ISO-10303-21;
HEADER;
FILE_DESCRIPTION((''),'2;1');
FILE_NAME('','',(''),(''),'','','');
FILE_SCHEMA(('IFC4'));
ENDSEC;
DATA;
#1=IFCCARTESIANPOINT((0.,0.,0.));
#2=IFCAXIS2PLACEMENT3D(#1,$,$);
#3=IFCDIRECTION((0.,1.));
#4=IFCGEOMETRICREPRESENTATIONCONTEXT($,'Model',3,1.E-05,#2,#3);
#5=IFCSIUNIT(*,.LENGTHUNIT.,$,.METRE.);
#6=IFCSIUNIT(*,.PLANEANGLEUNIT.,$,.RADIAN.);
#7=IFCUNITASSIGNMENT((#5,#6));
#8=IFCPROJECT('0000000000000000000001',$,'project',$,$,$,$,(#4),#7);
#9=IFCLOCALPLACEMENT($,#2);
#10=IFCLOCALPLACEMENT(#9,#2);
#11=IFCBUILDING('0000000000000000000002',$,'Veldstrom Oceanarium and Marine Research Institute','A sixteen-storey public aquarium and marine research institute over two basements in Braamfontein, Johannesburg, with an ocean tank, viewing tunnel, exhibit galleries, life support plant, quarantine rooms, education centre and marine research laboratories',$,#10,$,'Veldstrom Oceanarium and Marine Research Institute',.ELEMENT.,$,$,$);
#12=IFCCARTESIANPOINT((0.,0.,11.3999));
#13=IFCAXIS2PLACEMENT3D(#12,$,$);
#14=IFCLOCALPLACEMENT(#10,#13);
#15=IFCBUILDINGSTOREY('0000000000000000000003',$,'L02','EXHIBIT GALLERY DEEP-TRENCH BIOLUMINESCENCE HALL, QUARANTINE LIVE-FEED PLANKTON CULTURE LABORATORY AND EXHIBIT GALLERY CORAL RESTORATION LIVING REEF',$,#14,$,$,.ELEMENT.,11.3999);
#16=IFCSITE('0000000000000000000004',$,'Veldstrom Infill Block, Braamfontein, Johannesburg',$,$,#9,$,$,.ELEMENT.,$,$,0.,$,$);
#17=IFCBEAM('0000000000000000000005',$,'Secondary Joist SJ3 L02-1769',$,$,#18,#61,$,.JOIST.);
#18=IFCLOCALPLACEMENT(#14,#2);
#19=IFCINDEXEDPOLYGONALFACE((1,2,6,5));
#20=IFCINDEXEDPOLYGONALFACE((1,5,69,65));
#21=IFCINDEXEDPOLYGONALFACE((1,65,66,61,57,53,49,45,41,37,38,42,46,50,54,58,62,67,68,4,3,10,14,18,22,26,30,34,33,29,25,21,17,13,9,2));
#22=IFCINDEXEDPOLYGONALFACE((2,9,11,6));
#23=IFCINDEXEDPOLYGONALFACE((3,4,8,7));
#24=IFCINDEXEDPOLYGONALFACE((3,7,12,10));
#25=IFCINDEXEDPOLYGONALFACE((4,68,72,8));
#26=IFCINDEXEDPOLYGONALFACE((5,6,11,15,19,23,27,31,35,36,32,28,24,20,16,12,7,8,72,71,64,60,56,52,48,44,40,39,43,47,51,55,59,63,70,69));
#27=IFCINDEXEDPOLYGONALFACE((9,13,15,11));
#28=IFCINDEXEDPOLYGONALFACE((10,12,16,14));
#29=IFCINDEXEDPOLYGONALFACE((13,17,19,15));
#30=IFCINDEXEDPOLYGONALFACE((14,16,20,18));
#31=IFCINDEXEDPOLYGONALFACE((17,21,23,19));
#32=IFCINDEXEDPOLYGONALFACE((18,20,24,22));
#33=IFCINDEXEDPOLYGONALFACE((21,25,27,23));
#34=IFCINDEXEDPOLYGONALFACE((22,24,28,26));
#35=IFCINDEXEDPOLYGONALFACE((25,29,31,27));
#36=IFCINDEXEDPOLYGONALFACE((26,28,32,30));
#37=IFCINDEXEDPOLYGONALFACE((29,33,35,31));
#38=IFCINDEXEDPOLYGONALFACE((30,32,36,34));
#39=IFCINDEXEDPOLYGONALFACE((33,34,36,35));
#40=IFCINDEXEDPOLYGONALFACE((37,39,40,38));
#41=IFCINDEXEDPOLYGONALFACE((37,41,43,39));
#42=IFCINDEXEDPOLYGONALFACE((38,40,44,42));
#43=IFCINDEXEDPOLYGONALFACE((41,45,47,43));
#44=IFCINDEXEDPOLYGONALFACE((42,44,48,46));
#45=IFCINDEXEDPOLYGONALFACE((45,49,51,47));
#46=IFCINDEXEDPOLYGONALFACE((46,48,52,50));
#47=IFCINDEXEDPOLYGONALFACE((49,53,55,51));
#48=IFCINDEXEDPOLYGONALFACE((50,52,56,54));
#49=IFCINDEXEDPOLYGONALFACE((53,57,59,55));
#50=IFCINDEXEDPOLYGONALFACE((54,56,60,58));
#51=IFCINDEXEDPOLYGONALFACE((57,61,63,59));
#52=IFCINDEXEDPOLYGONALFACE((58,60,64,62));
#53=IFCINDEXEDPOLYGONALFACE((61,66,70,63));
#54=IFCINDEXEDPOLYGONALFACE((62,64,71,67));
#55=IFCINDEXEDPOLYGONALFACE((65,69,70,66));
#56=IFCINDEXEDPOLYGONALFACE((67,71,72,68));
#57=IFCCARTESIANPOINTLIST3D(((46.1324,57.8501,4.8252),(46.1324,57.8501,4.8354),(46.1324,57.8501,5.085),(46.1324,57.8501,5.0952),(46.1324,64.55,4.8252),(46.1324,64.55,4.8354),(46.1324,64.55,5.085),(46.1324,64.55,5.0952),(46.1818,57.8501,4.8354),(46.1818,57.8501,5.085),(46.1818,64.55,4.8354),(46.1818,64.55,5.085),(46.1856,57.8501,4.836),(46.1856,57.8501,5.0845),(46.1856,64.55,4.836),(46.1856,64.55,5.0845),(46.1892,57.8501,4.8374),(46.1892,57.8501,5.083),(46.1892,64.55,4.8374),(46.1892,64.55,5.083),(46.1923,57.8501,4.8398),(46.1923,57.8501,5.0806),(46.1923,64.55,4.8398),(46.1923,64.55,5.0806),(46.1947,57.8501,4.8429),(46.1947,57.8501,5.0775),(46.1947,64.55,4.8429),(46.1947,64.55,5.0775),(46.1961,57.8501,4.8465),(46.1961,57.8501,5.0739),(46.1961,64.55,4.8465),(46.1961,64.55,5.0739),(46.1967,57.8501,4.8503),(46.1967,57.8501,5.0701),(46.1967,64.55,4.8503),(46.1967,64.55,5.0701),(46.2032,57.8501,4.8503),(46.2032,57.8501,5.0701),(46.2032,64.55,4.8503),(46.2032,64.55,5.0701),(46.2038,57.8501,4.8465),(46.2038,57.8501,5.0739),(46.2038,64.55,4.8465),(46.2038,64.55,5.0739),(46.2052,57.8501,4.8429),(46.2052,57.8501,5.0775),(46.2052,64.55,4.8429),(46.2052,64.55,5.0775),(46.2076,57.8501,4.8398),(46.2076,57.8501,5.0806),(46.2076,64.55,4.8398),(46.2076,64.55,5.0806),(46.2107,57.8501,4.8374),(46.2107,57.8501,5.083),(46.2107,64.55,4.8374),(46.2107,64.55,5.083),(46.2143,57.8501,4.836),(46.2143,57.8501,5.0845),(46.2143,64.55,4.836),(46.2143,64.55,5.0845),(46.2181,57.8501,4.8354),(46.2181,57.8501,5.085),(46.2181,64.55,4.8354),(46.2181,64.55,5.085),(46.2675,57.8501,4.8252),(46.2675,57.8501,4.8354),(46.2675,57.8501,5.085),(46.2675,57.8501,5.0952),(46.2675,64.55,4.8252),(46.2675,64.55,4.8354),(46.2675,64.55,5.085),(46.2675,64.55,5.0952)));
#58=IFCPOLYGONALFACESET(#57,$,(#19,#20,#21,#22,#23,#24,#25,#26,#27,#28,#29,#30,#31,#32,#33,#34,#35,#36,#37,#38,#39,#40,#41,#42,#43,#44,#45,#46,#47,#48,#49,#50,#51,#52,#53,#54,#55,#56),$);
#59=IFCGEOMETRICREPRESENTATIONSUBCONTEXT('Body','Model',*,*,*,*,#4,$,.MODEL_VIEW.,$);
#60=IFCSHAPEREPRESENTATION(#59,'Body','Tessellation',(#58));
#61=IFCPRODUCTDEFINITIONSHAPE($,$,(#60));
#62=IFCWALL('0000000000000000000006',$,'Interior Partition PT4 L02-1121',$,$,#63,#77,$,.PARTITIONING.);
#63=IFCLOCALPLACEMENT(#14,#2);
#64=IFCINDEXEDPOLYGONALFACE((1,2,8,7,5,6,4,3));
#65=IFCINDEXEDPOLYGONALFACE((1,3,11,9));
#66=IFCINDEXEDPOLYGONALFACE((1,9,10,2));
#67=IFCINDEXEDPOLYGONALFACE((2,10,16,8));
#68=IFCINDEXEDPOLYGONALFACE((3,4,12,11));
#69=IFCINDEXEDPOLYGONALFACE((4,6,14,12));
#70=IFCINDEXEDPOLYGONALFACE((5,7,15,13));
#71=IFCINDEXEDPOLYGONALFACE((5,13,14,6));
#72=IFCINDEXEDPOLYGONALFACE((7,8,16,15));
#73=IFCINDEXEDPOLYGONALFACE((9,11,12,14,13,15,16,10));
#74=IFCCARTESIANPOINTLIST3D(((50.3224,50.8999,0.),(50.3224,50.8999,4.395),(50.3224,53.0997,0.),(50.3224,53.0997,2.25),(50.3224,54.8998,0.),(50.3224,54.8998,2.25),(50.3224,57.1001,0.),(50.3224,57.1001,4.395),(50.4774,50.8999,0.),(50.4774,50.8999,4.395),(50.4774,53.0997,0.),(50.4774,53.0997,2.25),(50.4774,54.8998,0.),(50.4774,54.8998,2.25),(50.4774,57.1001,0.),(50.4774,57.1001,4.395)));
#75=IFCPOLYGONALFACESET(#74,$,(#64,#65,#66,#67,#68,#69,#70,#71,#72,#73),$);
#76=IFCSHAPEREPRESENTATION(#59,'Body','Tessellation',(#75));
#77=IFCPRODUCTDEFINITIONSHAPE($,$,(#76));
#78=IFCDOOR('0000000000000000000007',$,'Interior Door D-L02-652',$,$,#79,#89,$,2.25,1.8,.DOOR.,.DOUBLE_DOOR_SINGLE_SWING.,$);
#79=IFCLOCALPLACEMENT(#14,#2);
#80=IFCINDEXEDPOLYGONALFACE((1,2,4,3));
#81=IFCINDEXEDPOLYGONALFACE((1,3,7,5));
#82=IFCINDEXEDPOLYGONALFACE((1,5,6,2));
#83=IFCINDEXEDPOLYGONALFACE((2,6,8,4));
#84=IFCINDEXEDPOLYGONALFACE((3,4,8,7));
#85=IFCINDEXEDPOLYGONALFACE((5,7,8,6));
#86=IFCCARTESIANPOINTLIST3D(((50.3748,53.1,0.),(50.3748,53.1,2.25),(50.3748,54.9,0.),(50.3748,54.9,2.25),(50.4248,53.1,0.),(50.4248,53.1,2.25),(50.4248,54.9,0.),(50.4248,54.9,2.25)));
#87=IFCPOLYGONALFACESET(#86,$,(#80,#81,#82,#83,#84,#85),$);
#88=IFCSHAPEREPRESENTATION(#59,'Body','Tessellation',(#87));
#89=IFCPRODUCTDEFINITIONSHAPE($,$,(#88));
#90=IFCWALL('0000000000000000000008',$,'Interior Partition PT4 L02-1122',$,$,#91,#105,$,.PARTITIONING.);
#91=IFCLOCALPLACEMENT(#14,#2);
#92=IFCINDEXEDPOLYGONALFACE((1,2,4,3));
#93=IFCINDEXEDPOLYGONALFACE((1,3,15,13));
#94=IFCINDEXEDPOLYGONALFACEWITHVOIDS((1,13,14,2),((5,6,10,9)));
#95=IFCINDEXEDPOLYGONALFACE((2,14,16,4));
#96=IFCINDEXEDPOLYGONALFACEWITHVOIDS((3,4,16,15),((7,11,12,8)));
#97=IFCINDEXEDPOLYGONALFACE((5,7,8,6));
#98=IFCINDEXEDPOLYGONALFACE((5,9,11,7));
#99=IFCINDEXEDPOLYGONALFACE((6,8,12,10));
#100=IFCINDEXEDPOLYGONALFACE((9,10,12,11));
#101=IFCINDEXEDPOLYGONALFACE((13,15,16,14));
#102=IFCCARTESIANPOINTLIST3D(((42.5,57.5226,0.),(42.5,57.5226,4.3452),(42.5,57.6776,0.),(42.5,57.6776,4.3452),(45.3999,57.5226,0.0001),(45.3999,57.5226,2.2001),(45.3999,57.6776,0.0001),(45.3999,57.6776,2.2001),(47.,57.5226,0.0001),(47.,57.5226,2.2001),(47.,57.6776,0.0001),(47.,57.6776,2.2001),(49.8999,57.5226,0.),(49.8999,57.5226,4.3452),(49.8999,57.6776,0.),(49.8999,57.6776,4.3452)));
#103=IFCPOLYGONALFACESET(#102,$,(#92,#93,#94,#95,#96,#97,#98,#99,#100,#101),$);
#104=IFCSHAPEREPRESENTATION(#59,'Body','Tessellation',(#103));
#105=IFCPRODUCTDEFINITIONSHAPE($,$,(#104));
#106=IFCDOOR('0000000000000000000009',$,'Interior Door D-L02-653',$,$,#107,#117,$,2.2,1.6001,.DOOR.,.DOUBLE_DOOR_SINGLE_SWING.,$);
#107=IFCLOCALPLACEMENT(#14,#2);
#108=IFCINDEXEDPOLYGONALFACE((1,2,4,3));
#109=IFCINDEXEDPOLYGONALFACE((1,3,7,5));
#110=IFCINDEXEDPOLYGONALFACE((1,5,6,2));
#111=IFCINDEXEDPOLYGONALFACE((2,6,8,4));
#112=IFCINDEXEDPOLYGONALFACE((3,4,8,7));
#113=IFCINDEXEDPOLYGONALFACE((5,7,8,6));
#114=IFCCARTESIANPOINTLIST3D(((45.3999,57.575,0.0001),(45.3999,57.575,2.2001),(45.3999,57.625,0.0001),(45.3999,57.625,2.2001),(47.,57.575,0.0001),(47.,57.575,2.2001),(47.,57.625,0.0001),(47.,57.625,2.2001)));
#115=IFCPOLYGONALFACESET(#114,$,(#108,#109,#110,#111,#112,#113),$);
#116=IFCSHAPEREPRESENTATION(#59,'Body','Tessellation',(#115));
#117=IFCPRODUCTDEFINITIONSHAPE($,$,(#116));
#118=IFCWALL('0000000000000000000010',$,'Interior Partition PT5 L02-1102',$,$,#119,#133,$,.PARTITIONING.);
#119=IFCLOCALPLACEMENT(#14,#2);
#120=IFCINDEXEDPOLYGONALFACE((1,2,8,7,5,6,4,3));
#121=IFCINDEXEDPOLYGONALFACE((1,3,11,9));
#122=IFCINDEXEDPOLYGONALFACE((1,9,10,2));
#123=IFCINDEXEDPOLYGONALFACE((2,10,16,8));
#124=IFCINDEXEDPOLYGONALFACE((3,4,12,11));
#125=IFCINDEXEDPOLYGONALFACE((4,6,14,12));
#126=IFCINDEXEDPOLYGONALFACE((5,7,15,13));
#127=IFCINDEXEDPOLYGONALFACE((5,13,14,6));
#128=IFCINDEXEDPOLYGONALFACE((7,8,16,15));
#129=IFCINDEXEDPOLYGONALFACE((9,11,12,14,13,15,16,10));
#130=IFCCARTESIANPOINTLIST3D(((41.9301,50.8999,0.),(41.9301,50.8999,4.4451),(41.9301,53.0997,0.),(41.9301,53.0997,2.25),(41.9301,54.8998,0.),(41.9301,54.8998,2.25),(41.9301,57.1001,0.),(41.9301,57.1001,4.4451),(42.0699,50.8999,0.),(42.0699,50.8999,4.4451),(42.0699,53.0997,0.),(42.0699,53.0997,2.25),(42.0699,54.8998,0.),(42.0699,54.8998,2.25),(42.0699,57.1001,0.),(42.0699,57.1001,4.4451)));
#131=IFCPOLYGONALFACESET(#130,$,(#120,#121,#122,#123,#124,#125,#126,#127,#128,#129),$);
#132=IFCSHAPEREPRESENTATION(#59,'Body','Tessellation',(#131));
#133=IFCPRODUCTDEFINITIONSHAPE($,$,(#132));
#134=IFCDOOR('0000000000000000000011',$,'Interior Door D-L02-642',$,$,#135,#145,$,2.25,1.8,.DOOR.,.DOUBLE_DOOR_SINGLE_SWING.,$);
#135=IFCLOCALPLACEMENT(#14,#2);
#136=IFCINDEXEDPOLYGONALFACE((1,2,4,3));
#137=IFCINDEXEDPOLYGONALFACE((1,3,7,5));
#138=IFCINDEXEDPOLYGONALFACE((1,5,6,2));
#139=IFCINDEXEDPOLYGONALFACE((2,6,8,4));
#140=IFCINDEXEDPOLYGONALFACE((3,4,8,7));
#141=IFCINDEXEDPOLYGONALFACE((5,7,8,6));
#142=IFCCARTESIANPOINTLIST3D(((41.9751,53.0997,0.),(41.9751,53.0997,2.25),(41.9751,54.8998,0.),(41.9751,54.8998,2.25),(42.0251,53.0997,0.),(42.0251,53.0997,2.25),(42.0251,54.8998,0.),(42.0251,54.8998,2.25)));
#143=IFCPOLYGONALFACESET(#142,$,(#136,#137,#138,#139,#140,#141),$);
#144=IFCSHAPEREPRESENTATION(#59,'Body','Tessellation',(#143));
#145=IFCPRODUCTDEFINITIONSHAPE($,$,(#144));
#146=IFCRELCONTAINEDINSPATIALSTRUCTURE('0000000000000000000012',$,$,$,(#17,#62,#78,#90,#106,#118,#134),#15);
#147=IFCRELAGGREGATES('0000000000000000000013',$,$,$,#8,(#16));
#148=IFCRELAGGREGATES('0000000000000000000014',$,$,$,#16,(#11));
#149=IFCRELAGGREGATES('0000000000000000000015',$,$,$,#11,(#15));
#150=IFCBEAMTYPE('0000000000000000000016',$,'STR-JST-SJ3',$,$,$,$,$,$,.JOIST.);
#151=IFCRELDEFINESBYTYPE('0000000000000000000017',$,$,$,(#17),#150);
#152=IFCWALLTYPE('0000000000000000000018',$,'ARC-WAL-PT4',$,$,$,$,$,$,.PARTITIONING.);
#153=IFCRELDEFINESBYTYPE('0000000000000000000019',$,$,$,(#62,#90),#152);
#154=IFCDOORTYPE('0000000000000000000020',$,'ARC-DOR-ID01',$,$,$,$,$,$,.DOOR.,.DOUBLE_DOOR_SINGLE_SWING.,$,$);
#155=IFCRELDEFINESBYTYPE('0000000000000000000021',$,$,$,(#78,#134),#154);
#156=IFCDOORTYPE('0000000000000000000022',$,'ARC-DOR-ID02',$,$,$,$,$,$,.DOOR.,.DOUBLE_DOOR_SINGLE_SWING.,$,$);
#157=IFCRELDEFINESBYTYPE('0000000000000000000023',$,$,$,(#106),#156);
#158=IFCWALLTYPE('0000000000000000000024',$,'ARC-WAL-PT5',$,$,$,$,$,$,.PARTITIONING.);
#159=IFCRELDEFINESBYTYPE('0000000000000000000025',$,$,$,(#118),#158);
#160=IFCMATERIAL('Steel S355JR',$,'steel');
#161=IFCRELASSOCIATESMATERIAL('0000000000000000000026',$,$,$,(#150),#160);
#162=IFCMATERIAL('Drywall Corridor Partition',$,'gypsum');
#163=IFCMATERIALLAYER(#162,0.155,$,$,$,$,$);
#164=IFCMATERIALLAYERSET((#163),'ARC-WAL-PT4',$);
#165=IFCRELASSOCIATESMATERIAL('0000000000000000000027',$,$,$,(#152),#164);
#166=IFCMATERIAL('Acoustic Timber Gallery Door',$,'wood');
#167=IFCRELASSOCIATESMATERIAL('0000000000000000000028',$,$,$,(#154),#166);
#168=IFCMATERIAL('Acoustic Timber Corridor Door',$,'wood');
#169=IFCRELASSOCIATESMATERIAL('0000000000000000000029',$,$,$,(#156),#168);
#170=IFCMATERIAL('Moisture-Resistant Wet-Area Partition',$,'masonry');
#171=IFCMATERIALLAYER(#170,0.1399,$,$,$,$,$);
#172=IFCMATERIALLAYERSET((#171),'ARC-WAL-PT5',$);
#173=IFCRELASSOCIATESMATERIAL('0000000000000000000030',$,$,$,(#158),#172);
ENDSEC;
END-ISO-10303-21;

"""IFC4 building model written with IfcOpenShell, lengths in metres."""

from ifc_helpers import new_model, si_unit, direction, frame, frame_2d, origin, origin_2d, place, context, subcontext, project, spatial, rectangle, i_section, extrude, material, layer, layer_set, material_profile, profile_set, type_object, element, fill, save


model = new_model("IFC4")

# Units and contexts
model_context = context("Model", 3, precision=1e-05, world=origin(), true_north=direction((0.0, 1.0)))
body_context = subcontext(model_context, "Body", "Model", "MODEL_VIEW")
ifc_project = project(units=[si_unit("LENGTHUNIT", "METRE"), si_unit("PLANEANGLEUNIT", "RADIAN")], contexts=[model_context])

# Site, building, storey
site_placement = place(None, origin())
site = spatial("IfcSite", under=ifc_project, at=site_placement, Name="Veldstrom Infill Block, Braamfontein, Johannesburg", CompositionType="ELEMENT", RefElevation=0.0)
building_placement = place(site_placement, origin())
building = spatial("IfcBuilding", under=site, at=building_placement, Name="Veldstrom Oceanarium and Marine Research Institute", Description="A sixteen-storey public aquarium and marine research institute over two basements in Braamfontein, Johannesburg, with an ocean tank, viewing tunnel, exhibit galleries, life support plant, quarantine rooms, education centre and marine research laboratories", LongName="Veldstrom Oceanarium and Marine Research Institute", CompositionType="ELEMENT")
storey_placement = place(building_placement, frame((0.0, 0.0, 11.3999)))
storey = spatial("IfcBuildingStorey", under=building, at=storey_placement, Name="L02", Description="EXHIBIT GALLERY DEEP-TRENCH BIOLUMINESCENCE HALL, QUARANTINE LIVE-FEED PLANKTON CULTURE LABORATORY AND EXHIBIT GALLERY CORAL RESTORATION LIVING REEF", CompositionType="ELEMENT", Elevation=11.3999)

# Beam
ifc_material_1 = material(Name="Steel S355JR", Category="steel")
ifc_material_profile_1 = material_profile(ifc_material_1, i_section(OverallWidth=0.135, OverallDepth=0.27, WebThickness=0.0066, FlangeThickness=0.0103, FilletRadius=0.0149, at=origin_2d()), Name="IPE 270")
ifc_profile_set_1 = profile_set([ifc_material_profile_1], Name="Steel S355JR")
beam_type_1 = type_object("IfcBeamType", Name="STR-JST-SJ3", PredefinedType="JOIST", material=ifc_profile_set_1)
beam_1_placement = place(storey_placement, frame((46.2, 57.8501, 4.9602), z_axis=(0.0, 1.0, 0.0), x_axis=(-1.0, 0.0, 0.0)))
element("IfcBeam", 1, at=beam_1_placement, inside=storey, type_object=beam_type_1, Name="Secondary Joist SJ3 L02-1769", PredefinedType="JOIST", context=body_context, shape_type="SweptSolid", body=[
    extrude(i_section(OverallWidth=0.135, OverallDepth=0.27, WebThickness=0.0066, FlangeThickness=0.0103, FilletRadius=0.0149, at=origin_2d()), origin(), (0.0, 0.0, 1.0), 6.7),
])

# Walls, openings, doors
ifc_material_2 = material(Name="Drywall Corridor Partition", Category="gypsum")
ifc_layer_1 = layer(ifc_material_2, 0.155)
ifc_layer_set_1 = layer_set([ifc_layer_1], Name="ARC-WAL-PT4")
wall_type_1 = type_object("IfcWallType", Name="ARC-WAL-PT4", PredefinedType="PARTITIONING", material=ifc_layer_set_1)
wall_1_placement = place(storey_placement, frame((50.3999, 50.8999, 0.0), z_axis=(0.0, 0.0, 1.0), x_axis=(0.0, 1.0, 0.0)))
wall_1 = element("IfcWall", 2, at=wall_1_placement, inside=storey, type_object=wall_type_1, Name="Interior Partition PT4 L02-1121", PredefinedType="PARTITIONING", context=body_context, shape_type="SweptSolid", body=[
    extrude(rectangle(XDim=6.2002, YDim=0.155, at=frame_2d((3.1001, 0.0))), origin(), (0.0, 0.0, 1.0), 4.395),
])
opening_1_placement = place(wall_1_placement, frame((2.2, 0.0, 0.0)))
opening_1 = element("IfcOpeningElement", 3, at=opening_1_placement, cuts=wall_1, PredefinedType="OPENING", context=body_context, shape_type="SweptSolid", body=[
    extrude(rectangle(XDim=1.8, YDim=2.25, at=frame_2d((0.8999, 1.125))), frame((0.0, 0.0874, 0.0), z_axis=(0.0, -1.0, 0.0), x_axis=(1.0, 0.0, 0.0)), (0.0, 0.0, 1.0), 0.175),
])
ifc_material_3 = material(Name="Acoustic Timber Gallery Door", Category="wood")
door_type_1 = type_object("IfcDoorType", Name="ARC-DOR-ID01", OperationType="DOUBLE_DOOR_SINGLE_SWING", PredefinedType="DOOR", material=ifc_material_3)
door_1_placement = place(opening_1_placement, frame((1.8, 0.0, 0.0), z_axis=(0.0, 0.0, 1.0), x_axis=(-1.0, 0.0, 0.0)))
door_1 = element("IfcDoor", 4, at=door_1_placement, inside=storey, type_object=door_type_1, Name="Interior Door D-L02-652", OperationType="DOUBLE_DOOR_SINGLE_SWING", OverallHeight=2.25, OverallWidth=1.8, PredefinedType="DOOR", context=body_context, shape_type="SweptSolid", body=[
    extrude(rectangle(XDim=1.8, YDim=2.25, at=frame_2d((0.8999, 1.125))), frame((0.0, 0.0249, 0.0), z_axis=(0.0, -1.0, 0.0), x_axis=(1.0, 0.0, 0.0)), (0.0, 0.0, 1.0), 0.05),
])
fill(opening_1, door_1)
wall_2_placement = place(storey_placement, frame((42.5, 57.6001, 0.0), z_axis=(0.0, 0.0, 1.0), x_axis=(1.0, 0.0, 0.0)))
wall_2 = element("IfcWall", 5, at=wall_2_placement, inside=storey, type_object=wall_type_1, Name="Interior Partition PT4 L02-1122", PredefinedType="PARTITIONING", context=body_context, shape_type="SweptSolid", body=[
    extrude(rectangle(XDim=7.3999, YDim=0.155, at=frame_2d((3.7, 0.0))), origin(), (0.0, 0.0, 1.0), 4.3452),
])
opening_2_placement = place(wall_2_placement, frame((2.8999, 0.0, 0.0)))
opening_2 = element("IfcOpeningElement", 6, at=opening_2_placement, cuts=wall_2, PredefinedType="OPENING", context=body_context, shape_type="SweptSolid", body=[
    extrude(rectangle(XDim=1.6001, YDim=2.2, at=frame_2d((0.8, 1.1001))), frame((0.0, 0.0874, 0.0), z_axis=(0.0, -1.0, 0.0), x_axis=(1.0, 0.0, 0.0)), (0.0, 0.0, 1.0), 0.175),
])
ifc_material_4 = material(Name="Acoustic Timber Corridor Door", Category="wood")
door_type_2 = type_object("IfcDoorType", Name="ARC-DOR-ID02", OperationType="DOUBLE_DOOR_SINGLE_SWING", PredefinedType="DOOR", material=ifc_material_4)
door_2_placement = place(opening_2_placement, origin())
door_2 = element("IfcDoor", 7, at=door_2_placement, inside=storey, type_object=door_type_2, Name="Interior Door D-L02-653", OperationType="DOUBLE_DOOR_SINGLE_SWING", OverallHeight=2.2, OverallWidth=1.6001, PredefinedType="DOOR", context=body_context, shape_type="SweptSolid", body=[
    extrude(rectangle(XDim=1.6001, YDim=2.2, at=frame_2d((0.8, 1.1001))), frame((0.0, 0.0249, 0.0), z_axis=(0.0, -1.0, 0.0), x_axis=(1.0, 0.0, 0.0)), (0.0, 0.0, 1.0), 0.05),
])
fill(opening_2, door_2)
ifc_material_5 = material(Name="Moisture-Resistant Wet-Area Partition", Category="masonry")
ifc_layer_2 = layer(ifc_material_5, 0.1399)
ifc_layer_set_2 = layer_set([ifc_layer_2], Name="ARC-WAL-PT5")
wall_type_2 = type_object("IfcWallType", Name="ARC-WAL-PT5", PredefinedType="PARTITIONING", material=ifc_layer_set_2)
wall_3_placement = place(storey_placement, frame((42.0, 50.8999, 0.0), z_axis=(0.0, 0.0, 1.0), x_axis=(0.0, 1.0, 0.0)))
wall_3 = element("IfcWall", 8, at=wall_3_placement, inside=storey, type_object=wall_type_2, Name="Interior Partition PT5 L02-1102", PredefinedType="PARTITIONING", context=body_context, shape_type="SweptSolid", body=[
    extrude(rectangle(XDim=6.2002, YDim=0.1399, at=frame_2d((3.1001, 0.0))), origin(), (0.0, 0.0, 1.0), 4.4451),
])
opening_3_placement = place(wall_3_placement, frame((2.2, 0.0, 0.0)))
opening_3 = element("IfcOpeningElement", 9, at=opening_3_placement, cuts=wall_3, PredefinedType="OPENING", context=body_context, shape_type="SweptSolid", body=[
    extrude(rectangle(XDim=1.8, YDim=2.25, at=frame_2d((0.8999, 1.125))), frame((0.0, 0.0798, 0.0), z_axis=(0.0, -1.0, 0.0), x_axis=(1.0, 0.0, 0.0)), (0.0, 0.0, 1.0), 0.1599),
])
door_3_placement = place(opening_3_placement, origin())
door_3 = element("IfcDoor", 10, at=door_3_placement, inside=storey, type_object=door_type_1, Name="Interior Door D-L02-642", OperationType="DOUBLE_DOOR_SINGLE_SWING", OverallHeight=2.25, OverallWidth=1.8, PredefinedType="DOOR", context=body_context, shape_type="SweptSolid", body=[
    extrude(rectangle(XDim=1.8, YDim=2.25, at=frame_2d((0.8999, 1.125))), frame((0.0, 0.0249, 0.0), z_axis=(0.0, -1.0, 0.0), x_axis=(1.0, 0.0, 0.0)), (0.0, 0.0, 1.0), 0.05),
])
fill(opening_3, door_3)

save(model, "model.ifc")
